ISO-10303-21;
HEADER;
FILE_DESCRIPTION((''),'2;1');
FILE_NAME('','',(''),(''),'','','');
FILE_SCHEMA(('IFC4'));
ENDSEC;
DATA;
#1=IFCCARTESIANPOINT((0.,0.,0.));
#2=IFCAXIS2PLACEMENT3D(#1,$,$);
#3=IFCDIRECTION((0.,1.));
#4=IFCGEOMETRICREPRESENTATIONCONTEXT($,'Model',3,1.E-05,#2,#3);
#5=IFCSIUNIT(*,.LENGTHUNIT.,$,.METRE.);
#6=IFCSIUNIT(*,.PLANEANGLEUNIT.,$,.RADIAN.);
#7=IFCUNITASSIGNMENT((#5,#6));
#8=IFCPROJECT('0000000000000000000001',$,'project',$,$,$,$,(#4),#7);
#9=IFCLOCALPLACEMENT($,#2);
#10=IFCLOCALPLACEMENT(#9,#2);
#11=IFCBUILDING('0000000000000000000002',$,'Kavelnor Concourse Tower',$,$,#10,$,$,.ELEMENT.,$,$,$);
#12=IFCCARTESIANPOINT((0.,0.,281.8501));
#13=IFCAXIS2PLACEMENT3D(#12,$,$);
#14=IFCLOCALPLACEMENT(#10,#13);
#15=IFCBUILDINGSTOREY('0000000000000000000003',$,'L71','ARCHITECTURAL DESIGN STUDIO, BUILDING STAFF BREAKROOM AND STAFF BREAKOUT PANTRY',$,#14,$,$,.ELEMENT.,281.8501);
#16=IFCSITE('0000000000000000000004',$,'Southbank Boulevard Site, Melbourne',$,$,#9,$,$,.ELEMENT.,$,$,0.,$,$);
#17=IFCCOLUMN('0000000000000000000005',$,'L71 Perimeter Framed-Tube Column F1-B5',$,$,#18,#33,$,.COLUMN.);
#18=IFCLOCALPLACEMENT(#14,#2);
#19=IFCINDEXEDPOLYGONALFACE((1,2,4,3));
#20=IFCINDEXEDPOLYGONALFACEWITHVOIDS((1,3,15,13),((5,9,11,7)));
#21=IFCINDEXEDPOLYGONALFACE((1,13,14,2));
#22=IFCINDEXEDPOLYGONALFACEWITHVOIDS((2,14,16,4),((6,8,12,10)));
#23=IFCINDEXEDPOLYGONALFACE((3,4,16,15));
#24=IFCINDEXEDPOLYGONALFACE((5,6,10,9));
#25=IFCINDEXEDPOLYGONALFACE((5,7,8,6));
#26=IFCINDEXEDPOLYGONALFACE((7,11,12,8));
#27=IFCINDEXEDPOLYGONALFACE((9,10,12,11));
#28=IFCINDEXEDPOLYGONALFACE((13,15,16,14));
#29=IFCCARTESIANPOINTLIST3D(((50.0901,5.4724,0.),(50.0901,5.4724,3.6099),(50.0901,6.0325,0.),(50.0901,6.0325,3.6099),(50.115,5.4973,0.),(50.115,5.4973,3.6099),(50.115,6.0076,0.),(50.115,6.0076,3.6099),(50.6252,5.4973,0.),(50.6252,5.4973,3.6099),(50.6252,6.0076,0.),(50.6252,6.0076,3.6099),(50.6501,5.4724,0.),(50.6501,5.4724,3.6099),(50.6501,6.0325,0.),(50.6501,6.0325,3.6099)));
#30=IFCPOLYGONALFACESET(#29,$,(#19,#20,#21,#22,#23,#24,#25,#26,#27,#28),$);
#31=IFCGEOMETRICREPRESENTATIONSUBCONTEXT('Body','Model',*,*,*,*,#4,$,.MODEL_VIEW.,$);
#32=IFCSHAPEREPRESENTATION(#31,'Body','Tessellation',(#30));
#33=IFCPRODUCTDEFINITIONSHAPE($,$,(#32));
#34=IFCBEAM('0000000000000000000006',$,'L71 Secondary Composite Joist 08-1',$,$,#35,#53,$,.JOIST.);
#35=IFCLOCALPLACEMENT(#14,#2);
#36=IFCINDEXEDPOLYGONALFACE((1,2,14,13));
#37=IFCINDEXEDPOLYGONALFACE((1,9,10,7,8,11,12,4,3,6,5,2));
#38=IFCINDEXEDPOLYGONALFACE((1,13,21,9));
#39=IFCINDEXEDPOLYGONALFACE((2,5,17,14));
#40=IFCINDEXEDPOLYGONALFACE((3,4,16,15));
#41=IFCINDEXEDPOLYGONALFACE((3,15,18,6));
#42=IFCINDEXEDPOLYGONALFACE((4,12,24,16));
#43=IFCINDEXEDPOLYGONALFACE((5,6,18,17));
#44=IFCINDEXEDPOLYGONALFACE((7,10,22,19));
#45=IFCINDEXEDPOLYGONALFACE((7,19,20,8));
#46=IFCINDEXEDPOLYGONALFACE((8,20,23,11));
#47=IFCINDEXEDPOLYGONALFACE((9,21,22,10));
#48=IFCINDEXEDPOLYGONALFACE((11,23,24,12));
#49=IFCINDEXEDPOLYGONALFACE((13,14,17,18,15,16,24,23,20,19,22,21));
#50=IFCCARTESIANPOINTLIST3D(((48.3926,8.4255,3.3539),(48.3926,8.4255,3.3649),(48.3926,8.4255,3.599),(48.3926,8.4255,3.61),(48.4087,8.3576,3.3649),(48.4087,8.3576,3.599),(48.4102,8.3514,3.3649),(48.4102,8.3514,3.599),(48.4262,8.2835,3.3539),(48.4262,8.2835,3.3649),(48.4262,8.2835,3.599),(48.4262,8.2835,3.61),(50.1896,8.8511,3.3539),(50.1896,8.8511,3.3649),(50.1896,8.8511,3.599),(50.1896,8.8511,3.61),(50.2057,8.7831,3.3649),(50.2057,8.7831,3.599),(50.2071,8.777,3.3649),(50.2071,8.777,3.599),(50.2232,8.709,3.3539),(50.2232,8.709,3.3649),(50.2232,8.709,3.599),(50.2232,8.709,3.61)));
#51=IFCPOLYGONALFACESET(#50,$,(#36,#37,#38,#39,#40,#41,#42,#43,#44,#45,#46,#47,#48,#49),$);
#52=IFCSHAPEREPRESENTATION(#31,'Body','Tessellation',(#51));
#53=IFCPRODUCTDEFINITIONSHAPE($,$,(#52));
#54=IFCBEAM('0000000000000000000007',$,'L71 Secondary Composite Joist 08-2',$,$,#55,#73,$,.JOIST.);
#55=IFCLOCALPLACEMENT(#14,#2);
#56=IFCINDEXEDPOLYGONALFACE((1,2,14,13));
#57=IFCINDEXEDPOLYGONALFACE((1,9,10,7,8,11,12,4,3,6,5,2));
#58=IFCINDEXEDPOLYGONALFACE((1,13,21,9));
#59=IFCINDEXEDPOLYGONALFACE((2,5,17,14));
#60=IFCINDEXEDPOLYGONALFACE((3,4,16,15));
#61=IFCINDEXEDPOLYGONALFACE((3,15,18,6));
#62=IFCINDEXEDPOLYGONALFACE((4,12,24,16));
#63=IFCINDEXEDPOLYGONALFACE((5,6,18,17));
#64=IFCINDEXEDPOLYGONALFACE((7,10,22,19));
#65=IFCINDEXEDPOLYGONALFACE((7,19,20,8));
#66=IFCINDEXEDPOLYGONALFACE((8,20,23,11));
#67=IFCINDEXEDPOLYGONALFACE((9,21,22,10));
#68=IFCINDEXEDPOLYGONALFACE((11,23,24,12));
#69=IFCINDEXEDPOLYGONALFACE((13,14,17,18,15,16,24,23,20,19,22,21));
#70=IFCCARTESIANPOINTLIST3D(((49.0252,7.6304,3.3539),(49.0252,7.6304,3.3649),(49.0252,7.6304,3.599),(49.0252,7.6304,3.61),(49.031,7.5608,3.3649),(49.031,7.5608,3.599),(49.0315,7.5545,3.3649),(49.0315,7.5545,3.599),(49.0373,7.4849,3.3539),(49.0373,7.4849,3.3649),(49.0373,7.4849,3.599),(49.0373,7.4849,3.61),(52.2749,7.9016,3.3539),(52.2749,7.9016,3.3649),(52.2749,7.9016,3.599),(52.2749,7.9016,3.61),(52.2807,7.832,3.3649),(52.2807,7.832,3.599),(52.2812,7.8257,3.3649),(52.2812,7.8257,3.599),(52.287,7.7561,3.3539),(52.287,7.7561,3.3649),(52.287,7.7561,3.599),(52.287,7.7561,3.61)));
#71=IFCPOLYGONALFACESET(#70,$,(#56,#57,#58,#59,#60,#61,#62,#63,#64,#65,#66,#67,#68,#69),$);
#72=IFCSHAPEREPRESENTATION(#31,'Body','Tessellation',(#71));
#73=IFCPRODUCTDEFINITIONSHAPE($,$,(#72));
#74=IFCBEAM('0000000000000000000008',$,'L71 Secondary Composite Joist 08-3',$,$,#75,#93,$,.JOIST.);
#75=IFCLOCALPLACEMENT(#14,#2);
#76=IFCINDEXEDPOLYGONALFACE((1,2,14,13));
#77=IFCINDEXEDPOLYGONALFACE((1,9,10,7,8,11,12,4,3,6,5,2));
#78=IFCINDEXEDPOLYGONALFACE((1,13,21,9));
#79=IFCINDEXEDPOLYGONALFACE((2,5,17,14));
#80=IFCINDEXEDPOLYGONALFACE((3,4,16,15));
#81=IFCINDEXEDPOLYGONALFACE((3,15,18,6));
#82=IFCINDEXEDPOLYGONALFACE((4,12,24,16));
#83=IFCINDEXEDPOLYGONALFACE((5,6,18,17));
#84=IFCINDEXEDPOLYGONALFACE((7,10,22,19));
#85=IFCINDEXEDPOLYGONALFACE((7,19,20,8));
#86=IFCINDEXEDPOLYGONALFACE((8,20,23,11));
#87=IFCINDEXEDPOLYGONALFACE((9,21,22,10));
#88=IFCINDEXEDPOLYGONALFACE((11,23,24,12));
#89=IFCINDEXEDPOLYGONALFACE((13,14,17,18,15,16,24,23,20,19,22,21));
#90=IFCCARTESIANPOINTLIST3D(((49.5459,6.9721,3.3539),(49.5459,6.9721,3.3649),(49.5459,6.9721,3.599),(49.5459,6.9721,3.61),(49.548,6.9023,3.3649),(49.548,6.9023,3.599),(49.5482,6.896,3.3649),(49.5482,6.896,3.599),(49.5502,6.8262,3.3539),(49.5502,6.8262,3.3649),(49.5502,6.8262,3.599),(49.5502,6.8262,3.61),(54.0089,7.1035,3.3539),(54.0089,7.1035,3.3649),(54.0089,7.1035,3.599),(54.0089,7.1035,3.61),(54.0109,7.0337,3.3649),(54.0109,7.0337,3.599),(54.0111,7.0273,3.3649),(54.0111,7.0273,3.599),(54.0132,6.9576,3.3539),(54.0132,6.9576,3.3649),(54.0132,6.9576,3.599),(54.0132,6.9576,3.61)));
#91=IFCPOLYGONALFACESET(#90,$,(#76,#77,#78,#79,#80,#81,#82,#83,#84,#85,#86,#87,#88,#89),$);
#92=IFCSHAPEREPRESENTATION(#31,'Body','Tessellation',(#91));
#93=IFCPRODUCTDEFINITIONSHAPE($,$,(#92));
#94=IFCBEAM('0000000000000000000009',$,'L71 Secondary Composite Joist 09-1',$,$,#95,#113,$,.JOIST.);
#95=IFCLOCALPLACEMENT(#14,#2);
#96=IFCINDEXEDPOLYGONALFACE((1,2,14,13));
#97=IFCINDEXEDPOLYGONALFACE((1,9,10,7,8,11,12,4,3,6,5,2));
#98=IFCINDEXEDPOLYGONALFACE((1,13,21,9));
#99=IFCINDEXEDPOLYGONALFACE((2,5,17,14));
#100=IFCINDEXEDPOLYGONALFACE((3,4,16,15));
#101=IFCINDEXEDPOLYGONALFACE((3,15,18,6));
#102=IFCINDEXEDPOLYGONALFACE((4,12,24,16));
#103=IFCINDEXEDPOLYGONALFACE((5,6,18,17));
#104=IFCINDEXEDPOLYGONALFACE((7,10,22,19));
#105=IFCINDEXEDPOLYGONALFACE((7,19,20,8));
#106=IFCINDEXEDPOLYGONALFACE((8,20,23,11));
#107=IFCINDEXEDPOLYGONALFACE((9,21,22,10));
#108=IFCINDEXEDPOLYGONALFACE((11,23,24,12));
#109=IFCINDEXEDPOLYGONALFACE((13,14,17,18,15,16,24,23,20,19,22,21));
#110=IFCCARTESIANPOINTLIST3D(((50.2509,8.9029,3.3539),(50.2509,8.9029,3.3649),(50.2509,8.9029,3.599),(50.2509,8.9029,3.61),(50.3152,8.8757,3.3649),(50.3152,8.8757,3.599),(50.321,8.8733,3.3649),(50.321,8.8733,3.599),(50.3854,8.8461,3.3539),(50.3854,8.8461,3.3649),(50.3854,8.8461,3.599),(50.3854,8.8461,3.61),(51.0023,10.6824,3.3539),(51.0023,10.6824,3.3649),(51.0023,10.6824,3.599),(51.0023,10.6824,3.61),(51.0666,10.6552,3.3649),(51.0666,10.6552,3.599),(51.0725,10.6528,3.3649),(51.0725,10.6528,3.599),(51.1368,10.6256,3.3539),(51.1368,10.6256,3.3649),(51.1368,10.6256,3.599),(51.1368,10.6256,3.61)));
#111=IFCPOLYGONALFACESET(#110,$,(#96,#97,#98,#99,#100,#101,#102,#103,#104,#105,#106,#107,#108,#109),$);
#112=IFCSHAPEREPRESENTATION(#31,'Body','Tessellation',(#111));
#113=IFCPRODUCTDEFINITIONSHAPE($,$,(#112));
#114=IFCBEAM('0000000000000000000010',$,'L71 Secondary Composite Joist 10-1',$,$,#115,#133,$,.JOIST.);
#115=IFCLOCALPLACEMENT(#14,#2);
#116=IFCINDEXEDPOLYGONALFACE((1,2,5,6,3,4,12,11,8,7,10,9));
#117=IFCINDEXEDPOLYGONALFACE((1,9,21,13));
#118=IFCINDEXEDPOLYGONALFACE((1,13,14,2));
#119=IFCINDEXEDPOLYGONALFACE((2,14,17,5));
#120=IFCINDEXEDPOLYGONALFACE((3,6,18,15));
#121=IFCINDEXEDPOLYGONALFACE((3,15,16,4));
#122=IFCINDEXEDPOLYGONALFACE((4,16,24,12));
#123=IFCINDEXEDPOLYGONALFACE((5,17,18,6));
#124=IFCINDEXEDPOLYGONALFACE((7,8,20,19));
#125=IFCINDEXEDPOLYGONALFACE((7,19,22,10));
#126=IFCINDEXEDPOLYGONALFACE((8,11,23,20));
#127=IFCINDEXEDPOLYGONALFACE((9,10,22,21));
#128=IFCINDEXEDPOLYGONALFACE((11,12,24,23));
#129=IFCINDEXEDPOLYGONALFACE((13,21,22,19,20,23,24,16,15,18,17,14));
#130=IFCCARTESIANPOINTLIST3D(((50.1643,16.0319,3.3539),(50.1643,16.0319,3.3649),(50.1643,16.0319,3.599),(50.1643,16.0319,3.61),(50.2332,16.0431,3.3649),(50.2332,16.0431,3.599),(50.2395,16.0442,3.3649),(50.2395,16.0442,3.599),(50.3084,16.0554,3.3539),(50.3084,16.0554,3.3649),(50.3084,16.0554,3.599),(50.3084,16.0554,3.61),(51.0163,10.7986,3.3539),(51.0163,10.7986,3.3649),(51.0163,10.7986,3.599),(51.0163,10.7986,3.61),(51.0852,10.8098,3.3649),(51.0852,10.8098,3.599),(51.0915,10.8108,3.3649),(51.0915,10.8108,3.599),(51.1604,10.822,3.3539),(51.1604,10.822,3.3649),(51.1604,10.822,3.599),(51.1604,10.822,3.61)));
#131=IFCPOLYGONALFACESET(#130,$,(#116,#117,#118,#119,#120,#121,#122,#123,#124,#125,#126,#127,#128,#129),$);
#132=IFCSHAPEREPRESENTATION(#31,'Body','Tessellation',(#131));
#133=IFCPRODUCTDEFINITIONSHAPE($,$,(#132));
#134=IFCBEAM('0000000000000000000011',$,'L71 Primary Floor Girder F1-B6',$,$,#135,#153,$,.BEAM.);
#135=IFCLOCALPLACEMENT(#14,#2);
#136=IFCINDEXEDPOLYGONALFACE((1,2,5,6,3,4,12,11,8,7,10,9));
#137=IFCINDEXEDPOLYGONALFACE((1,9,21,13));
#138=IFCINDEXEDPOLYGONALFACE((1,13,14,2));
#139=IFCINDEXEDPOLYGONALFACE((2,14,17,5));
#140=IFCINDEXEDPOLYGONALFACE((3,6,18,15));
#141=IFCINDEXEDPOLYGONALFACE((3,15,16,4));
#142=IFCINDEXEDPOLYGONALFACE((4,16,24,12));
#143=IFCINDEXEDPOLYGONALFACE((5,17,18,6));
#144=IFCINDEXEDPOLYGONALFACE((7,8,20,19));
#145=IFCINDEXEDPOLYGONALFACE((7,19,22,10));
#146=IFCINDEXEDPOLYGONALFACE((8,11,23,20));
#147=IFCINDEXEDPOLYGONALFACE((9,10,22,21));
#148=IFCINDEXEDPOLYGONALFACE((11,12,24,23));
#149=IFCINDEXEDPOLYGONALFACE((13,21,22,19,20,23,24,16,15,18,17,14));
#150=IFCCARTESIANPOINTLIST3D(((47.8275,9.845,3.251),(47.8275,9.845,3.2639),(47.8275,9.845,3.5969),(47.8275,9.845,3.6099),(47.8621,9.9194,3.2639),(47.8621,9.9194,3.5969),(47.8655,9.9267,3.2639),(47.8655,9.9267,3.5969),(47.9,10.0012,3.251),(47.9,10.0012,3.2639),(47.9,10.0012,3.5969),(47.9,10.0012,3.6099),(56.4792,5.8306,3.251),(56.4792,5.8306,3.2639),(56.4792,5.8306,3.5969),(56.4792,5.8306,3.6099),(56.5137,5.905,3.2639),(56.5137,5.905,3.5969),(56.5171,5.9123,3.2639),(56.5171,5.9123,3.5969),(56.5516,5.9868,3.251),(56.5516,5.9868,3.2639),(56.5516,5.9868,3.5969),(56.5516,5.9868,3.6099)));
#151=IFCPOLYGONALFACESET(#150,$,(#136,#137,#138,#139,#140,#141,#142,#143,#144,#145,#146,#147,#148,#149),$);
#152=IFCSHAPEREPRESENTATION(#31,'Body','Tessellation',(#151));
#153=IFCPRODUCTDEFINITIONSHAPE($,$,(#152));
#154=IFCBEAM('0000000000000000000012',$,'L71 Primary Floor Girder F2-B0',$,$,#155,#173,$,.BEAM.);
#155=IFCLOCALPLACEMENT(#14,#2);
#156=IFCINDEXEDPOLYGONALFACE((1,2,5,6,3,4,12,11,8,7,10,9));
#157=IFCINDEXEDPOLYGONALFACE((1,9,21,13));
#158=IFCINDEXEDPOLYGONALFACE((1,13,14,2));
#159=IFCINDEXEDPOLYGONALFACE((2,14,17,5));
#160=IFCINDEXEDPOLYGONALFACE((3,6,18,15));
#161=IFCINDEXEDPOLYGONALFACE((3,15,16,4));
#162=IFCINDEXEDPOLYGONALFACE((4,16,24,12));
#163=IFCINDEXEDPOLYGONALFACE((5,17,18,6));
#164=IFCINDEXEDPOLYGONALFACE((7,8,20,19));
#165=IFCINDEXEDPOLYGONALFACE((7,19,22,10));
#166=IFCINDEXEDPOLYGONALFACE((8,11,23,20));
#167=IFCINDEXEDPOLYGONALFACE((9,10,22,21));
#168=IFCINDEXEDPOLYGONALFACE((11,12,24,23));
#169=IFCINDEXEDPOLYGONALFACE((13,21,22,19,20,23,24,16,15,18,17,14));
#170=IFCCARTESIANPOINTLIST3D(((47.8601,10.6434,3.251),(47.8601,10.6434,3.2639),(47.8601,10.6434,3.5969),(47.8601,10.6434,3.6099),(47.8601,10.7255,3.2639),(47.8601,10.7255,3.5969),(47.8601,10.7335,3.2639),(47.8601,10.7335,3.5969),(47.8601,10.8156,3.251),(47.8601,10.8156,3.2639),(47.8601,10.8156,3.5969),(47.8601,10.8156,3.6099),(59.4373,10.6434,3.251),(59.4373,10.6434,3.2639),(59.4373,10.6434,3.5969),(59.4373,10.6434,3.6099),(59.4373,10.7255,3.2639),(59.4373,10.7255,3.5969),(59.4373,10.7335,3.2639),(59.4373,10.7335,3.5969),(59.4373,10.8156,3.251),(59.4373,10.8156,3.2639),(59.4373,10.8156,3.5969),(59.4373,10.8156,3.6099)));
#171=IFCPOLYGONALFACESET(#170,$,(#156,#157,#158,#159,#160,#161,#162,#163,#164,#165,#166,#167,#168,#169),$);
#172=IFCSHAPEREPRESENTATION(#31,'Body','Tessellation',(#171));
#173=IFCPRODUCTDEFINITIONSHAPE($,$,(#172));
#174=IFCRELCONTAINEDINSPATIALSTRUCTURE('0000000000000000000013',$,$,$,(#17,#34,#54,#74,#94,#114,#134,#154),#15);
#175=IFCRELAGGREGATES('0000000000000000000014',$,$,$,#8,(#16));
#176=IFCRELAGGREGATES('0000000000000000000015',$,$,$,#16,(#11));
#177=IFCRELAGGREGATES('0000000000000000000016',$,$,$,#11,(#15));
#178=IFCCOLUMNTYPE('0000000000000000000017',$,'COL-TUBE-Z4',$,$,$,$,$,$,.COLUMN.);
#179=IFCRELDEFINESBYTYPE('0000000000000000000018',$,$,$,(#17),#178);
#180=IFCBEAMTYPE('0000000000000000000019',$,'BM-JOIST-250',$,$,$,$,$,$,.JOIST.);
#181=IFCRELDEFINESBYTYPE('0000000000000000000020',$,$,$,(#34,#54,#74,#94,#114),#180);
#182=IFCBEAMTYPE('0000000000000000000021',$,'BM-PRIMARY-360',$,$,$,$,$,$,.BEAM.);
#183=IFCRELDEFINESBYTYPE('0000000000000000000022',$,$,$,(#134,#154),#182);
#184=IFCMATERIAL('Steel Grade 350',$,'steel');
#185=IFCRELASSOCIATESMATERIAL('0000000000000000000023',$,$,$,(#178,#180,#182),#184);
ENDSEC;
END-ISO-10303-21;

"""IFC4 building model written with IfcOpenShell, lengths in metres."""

from ifc_helpers import new_model, si_unit, direction, frame, origin, origin_2d, place, context, subcontext, project, spatial, hollow_rectangle, i_section, extrude, material, material_profile, profile_set, type_object, element, save


model = new_model("IFC4")

# Units and contexts
model_context = context("Model", 3, precision=1e-05, world=origin(), true_north=direction((0.0, 1.0)))
body_context = subcontext(model_context, "Body", "Model", "MODEL_VIEW")
ifc_project = project(units=[si_unit("LENGTHUNIT", "METRE"), si_unit("PLANEANGLEUNIT", "RADIAN")], contexts=[model_context])

# Site, building, storey
site_placement = place(None, origin())
site = spatial("IfcSite", under=ifc_project, at=site_placement, Name="Southbank Boulevard Site, Melbourne", CompositionType="ELEMENT", RefElevation=0.0)
building_placement = place(site_placement, origin())
building = spatial("IfcBuilding", under=site, at=building_placement, Name="Kavelnor Concourse Tower", CompositionType="ELEMENT")
storey_placement = place(building_placement, frame((0.0, 0.0, 281.8501)))
storey = spatial("IfcBuildingStorey", under=building, at=storey_placement, Name="L71", Description="ARCHITECTURAL DESIGN STUDIO, BUILDING STAFF BREAKROOM AND STAFF BREAKOUT PANTRY", CompositionType="ELEMENT", Elevation=281.8501)

# Column
ifc_material_1 = material(Name="Steel Grade 350", Category="steel")
ifc_material_profile_1 = material_profile(ifc_material_1, hollow_rectangle(XDim=0.5601, YDim=0.5601, WallThickness=0.0249, at=origin_2d()), Name="SHS 560x560x25")
ifc_profile_set_1 = profile_set([ifc_material_profile_1], Name="Steel Grade 350")
column_type = type_object("IfcColumnType", Name="COL-TUBE-Z4", PredefinedType="COLUMN", material=ifc_profile_set_1)
column_placement = place(storey_placement, frame((50.3701, 5.7524, 0.0), z_axis=(0.0, 0.0, 1.0), x_axis=(1.0, 0.0, 0.0)))
element("IfcColumn", 1, at=column_placement, inside=storey, type_object=column_type, Name="L71 Perimeter Framed-Tube Column F1-B5", PredefinedType="COLUMN", context=body_context, shape_type="SweptSolid", body=[
    extrude(hollow_rectangle(XDim=0.5601, YDim=0.5601, WallThickness=0.0249, at=origin_2d()), origin(), (0.0, 0.0, 1.0), 3.6099),
])

# Beams
ifc_material_profile_2 = material_profile(ifc_material_1, i_section(OverallWidth=0.146, OverallDepth=0.2561, WebThickness=0.0063, FlangeThickness=0.011, at=origin_2d()), Name="250UB37")
ifc_profile_set_2 = profile_set([ifc_material_profile_2], Name="Steel Grade 350")
beam_type_1 = type_object("IfcBeamType", Name="BM-JOIST-250", PredefinedType="JOIST", material=ifc_profile_set_2)
beam_1_placement = place(storey_placement, frame((48.4094, 8.3545, 3.4819), z_axis=(0.973085, 0.230447, 0.0), x_axis=(-0.230447, 0.973085, 0.0)))
element("IfcBeam", 2, at=beam_1_placement, inside=storey, type_object=beam_type_1, Name="L71 Secondary Composite Joist 08-1", PredefinedType="JOIST", context=body_context, shape_type="SweptSolid", body=[
    extrude(i_section(OverallWidth=0.146, OverallDepth=0.2561, WebThickness=0.0063, FlangeThickness=0.011, at=origin_2d()), origin(), (0.0, 0.0, 1.0), 1.8467),
])
beam_2_placement = place(storey_placement, frame((49.0312, 7.5576, 3.4819), z_axis=(0.996535, 0.083176, 0.0), x_axis=(-0.083176, 0.996535, 0.0)))
element("IfcBeam", 3, at=beam_2_placement, inside=storey, type_object=beam_type_1, Name="L71 Secondary Composite Joist 08-2", PredefinedType="JOIST", context=body_context, shape_type="SweptSolid", body=[
    extrude(i_section(OverallWidth=0.146, OverallDepth=0.2561, WebThickness=0.0063, FlangeThickness=0.011, at=origin_2d()), origin(), (0.0, 0.0, 1.0), 3.261),
])
beam_3_placement = place(storey_placement, frame((49.5481, 6.8992, 3.4819), z_axis=(0.999567, 0.029418, 0.0), x_axis=(-0.029418, 0.999567, 0.0)))
element("IfcBeam", 4, at=beam_3_placement, inside=storey, type_object=beam_type_1, Name="L71 Secondary Composite Joist 08-3", PredefinedType="JOIST", context=body_context, shape_type="SweptSolid", body=[
    extrude(i_section(OverallWidth=0.146, OverallDepth=0.2561, WebThickness=0.0063, FlangeThickness=0.011, at=origin_2d()), origin(), (0.0, 0.0, 1.0), 4.4648),
])
beam_4_placement = place(storey_placement, frame((50.3181, 8.8745, 3.4819), z_axis=(0.389017, 0.92123, 0.0), x_axis=(-0.92123, 0.389017, 0.0)))
element("IfcBeam", 5, at=beam_4_placement, inside=storey, type_object=beam_type_1, Name="L71 Secondary Composite Joist 09-1", PredefinedType="JOIST", context=body_context, shape_type="SweptSolid", body=[
    extrude(i_section(OverallWidth=0.146, OverallDepth=0.2561, WebThickness=0.0063, FlangeThickness=0.011, at=origin_2d()), origin(), (0.0, 0.0, 1.0), 1.9316),
])
beam_5_placement = place(storey_placement, frame((51.0884, 10.8103, 3.4819), z_axis=(-0.160694, 0.987004, 0.0), x_axis=(-0.987004, -0.160694, 0.0)))
element("IfcBeam", 6, at=beam_5_placement, inside=storey, type_object=beam_type_1, Name="L71 Secondary Composite Joist 10-1", PredefinedType="JOIST", context=body_context, shape_type="SweptSolid", body=[
    extrude(i_section(OverallWidth=0.146, OverallDepth=0.2561, WebThickness=0.0063, FlangeThickness=0.011, at=origin_2d()), origin(), (0.0, 0.0, 1.0), 5.3022),
])
ifc_material_profile_3 = material_profile(ifc_material_1, i_section(OverallWidth=0.1721, OverallDepth=0.3589, WebThickness=0.0081, FlangeThickness=0.0129, at=origin_2d()), Name="360UB56")
ifc_profile_set_3 = profile_set([ifc_material_profile_3], Name="Steel Grade 350")
beam_type_2 = type_object("IfcBeamType", Name="BM-PRIMARY-360", PredefinedType="BEAM", material=ifc_profile_set_3)
beam_6_placement = place(storey_placement, frame((47.8638, 9.9231, 3.4304), z_axis=(0.907106, -0.420903, 0.0), x_axis=(0.420903, 0.907106, 0.0)))
element("IfcBeam", 7, at=beam_6_placement, inside=storey, type_object=beam_type_2, Name="L71 Primary Floor Girder F1-B6", PredefinedType="BEAM", context=body_context, shape_type="SweptSolid", body=[
    extrude(i_section(OverallWidth=0.1721, OverallDepth=0.3589, WebThickness=0.0081, FlangeThickness=0.0129, at=origin_2d()), origin(), (0.0, 0.0, 1.0), 9.5376),
])
beam_7_placement = place(storey_placement, frame((47.8601, 10.7295, 3.4304), z_axis=(1.0, 0.0, 0.0), x_axis=(0.0, 1.0, 0.0)))
element("IfcBeam", 8, at=beam_7_placement, inside=storey, type_object=beam_type_2, Name="L71 Primary Floor Girder F2-B0", PredefinedType="BEAM", context=body_context, shape_type="SweptSolid", body=[
    extrude(i_section(OverallWidth=0.1721, OverallDepth=0.3589, WebThickness=0.0081, FlangeThickness=0.0129, at=origin_2d()), origin(), (0.0, 0.0, 1.0), 11.5771),
])

save(model, "model.ifc")
